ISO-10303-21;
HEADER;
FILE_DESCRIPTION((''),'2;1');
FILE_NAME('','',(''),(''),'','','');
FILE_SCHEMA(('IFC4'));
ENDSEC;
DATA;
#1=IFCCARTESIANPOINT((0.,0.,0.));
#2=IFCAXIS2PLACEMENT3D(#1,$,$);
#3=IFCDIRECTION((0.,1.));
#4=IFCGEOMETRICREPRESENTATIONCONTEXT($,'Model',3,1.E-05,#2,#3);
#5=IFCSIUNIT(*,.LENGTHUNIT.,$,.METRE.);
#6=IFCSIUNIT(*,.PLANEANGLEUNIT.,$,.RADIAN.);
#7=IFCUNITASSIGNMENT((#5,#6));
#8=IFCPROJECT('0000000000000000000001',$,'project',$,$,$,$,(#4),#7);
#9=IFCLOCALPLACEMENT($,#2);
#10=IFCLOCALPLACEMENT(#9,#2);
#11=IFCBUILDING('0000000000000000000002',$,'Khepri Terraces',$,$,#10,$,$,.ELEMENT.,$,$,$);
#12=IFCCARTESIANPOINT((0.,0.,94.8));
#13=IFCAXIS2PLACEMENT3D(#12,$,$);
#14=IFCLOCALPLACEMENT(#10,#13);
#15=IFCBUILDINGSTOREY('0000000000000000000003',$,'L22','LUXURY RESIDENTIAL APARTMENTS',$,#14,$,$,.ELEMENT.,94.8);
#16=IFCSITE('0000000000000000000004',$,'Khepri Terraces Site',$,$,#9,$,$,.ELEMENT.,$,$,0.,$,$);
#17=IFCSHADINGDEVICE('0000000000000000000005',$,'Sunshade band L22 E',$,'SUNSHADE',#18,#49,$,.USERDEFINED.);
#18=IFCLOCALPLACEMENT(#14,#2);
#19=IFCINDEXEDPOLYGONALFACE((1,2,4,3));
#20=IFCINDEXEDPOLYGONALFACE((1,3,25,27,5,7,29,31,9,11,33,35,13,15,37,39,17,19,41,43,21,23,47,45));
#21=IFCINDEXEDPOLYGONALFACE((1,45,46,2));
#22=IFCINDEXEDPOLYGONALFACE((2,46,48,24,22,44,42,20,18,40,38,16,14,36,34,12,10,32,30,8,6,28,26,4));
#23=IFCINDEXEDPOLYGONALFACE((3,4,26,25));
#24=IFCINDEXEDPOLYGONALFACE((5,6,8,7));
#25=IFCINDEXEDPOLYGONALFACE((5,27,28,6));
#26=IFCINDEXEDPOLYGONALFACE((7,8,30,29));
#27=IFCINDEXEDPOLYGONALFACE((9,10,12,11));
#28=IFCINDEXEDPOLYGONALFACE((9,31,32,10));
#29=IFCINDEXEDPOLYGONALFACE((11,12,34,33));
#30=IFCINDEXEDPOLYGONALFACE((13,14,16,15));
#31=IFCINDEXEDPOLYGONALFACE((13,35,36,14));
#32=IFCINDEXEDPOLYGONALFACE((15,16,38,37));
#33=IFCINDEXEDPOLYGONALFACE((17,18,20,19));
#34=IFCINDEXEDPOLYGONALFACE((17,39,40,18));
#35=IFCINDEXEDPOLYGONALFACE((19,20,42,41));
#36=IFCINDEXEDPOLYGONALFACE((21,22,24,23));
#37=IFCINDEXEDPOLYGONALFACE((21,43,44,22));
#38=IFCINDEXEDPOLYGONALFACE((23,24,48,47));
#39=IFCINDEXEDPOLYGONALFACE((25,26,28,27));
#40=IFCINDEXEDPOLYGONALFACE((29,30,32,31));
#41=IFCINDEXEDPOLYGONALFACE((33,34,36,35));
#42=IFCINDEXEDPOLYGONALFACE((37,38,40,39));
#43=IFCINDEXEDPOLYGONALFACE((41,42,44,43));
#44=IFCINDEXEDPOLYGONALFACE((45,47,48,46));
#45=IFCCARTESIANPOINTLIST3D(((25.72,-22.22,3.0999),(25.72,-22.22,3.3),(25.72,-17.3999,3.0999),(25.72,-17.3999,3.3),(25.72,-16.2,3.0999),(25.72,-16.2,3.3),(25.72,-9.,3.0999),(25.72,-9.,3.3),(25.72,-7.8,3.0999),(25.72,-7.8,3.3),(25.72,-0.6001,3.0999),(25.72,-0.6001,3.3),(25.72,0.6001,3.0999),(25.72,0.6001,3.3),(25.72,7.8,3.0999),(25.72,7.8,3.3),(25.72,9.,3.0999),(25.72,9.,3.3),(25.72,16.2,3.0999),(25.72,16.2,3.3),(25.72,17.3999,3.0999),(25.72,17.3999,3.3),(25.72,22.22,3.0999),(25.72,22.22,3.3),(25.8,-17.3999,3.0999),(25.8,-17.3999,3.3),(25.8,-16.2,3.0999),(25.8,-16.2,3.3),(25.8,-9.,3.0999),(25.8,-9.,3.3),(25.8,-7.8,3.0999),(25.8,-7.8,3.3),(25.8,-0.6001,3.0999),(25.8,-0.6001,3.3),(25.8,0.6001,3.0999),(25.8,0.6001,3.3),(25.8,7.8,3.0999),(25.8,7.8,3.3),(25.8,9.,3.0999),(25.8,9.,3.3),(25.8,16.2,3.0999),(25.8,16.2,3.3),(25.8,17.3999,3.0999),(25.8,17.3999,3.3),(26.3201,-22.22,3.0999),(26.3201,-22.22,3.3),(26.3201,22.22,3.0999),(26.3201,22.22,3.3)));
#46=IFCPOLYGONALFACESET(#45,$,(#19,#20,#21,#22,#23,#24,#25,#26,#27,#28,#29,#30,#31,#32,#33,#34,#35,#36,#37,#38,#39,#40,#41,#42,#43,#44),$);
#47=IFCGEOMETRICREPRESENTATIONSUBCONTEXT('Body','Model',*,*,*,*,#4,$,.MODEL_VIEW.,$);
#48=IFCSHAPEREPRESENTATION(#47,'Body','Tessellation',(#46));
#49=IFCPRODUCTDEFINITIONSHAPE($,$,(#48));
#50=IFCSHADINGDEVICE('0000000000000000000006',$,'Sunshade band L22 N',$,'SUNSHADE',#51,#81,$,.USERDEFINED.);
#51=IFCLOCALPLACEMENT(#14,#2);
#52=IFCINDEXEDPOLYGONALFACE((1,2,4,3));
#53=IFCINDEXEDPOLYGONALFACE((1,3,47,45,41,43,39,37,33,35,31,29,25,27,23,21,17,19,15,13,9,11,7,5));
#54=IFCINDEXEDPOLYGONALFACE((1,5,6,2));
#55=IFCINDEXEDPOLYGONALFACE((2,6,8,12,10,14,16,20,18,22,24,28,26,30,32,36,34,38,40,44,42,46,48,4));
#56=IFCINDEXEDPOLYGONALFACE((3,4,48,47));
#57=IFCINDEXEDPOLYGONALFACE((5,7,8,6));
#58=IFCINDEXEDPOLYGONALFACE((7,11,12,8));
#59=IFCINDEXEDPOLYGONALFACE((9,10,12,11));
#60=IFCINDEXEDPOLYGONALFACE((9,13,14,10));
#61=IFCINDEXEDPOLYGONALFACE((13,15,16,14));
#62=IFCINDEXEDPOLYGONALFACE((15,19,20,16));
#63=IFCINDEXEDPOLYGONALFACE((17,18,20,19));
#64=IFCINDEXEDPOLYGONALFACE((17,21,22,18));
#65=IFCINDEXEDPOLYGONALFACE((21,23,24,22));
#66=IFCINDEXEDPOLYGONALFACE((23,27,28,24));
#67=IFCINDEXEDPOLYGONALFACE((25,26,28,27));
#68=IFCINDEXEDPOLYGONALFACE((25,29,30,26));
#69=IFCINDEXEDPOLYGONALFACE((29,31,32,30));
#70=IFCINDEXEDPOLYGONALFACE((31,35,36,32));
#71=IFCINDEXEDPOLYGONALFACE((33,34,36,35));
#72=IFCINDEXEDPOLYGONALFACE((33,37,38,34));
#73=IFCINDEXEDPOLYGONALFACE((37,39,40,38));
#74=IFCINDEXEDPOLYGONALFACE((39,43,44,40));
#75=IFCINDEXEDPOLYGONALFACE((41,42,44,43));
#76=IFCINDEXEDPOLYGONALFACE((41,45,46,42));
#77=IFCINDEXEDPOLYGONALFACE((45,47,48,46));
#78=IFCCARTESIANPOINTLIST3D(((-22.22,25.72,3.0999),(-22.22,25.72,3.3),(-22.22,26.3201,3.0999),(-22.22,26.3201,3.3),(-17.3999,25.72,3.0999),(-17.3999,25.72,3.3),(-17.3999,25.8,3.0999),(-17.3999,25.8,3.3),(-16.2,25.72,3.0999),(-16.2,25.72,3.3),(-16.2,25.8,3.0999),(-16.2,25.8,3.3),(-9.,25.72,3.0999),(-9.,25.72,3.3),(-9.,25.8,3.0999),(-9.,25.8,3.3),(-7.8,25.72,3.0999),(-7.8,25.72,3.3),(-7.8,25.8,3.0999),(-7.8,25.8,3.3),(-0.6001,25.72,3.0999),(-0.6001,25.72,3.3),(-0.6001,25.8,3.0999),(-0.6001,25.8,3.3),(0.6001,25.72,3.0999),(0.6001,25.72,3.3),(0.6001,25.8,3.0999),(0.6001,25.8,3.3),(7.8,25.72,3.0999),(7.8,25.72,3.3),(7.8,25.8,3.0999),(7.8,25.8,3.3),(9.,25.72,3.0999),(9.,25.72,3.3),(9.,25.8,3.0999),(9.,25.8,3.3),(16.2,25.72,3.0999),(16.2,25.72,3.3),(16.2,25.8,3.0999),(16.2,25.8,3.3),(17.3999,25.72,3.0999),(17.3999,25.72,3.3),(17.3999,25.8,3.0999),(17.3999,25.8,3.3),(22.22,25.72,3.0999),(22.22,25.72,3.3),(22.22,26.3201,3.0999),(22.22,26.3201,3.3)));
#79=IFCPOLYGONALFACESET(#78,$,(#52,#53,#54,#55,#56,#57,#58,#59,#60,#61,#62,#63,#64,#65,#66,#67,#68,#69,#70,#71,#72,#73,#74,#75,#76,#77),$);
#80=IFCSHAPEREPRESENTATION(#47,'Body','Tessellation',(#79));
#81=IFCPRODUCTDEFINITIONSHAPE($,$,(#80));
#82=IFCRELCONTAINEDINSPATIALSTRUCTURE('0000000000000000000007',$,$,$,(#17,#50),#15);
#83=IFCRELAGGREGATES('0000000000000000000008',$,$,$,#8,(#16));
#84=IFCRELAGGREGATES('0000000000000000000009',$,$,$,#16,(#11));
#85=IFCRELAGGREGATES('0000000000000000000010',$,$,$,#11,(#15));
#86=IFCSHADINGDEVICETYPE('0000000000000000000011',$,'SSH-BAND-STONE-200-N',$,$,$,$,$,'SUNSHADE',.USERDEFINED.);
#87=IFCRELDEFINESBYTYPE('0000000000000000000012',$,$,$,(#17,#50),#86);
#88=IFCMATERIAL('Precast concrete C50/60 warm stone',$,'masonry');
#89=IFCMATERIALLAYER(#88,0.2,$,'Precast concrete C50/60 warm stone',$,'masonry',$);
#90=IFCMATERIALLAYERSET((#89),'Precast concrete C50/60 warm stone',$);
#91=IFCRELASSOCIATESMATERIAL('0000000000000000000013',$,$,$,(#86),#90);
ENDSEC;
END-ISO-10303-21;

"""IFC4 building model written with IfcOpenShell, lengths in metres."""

from ifc_helpers import new_model, si_unit, direction, frame, origin, place, context, subcontext, project, spatial, polyline, outline, extrude, material, layer, layer_set, type_object, element, save


model = new_model("IFC4")

# Units and contexts
model_context = context("Model", 3, precision=1e-05, world=origin(), true_north=direction((0.0, 1.0)))
body_context = subcontext(model_context, "Body", "Model", "MODEL_VIEW")
ifc_project = project(units=[si_unit("LENGTHUNIT", "METRE"), si_unit("PLANEANGLEUNIT", "RADIAN")], contexts=[model_context])

# Site, building, storey
site_placement = place(None, origin())
site = spatial("IfcSite", under=ifc_project, at=site_placement, Name="Khepri Terraces Site", CompositionType="ELEMENT", RefElevation=0.0)
building_placement = place(site_placement, origin())
building = spatial("IfcBuilding", under=site, at=building_placement, Name="Khepri Terraces", CompositionType="ELEMENT")
storey_placement = place(building_placement, frame((0.0, 0.0, 94.8)))
storey = spatial("IfcBuildingStorey", under=building, at=storey_placement, Name="L22", Description="LUXURY RESIDENTIAL APARTMENTS", CompositionType="ELEMENT", Elevation=94.8)

# Shared definitions
ifc_material_1 = material(Name="Precast concrete C50/60 warm stone", Category="masonry")

# Shading devices
ifc_layer_1 = layer(ifc_material_1, 0.2, Name="Precast concrete C50/60 warm stone", Category="masonry")
ifc_layer_set_1 = layer_set([ifc_layer_1], Name="Precast concrete C50/60 warm stone")
shading_device_type_1 = type_object("IfcShadingDeviceType", Name="SSH-BAND-STONE-200-N", ElementType="SUNSHADE", PredefinedType="USERDEFINED", material=ifc_layer_set_1)
shading_device_1_placement = place(storey_placement, frame((0.0, 0.0, 3.0999)))
element("IfcShadingDevice", 1, at=shading_device_1_placement, inside=storey, type_object=shading_device_type_1, Name="Sunshade band L22 E", ObjectType="SUNSHADE", PredefinedType="USERDEFINED", context=body_context, shape_type="SweptSolid", body=[
    extrude(outline(polyline([(25.72, -17.3999), (25.72, -22.22), (26.3201, -22.22), (26.3201, 22.22), (25.72, 22.22), (25.72, 17.3999), (25.8, 17.3999), (25.8, 16.2), (25.72, 16.2), (25.72, 9.0), (25.8, 9.0), (25.8, 7.8), (25.72, 7.8), (25.72, 0.6001), (25.8, 0.6001), (25.8, -0.6001), (25.72, -0.6001), (25.72, -7.8), (25.8, -7.8), (25.8, -9.0), (25.72, -9.0), (25.72, -16.2), (25.8, -16.2), (25.8, -17.3999), (25.72, -17.3999)])), origin(), (0.0, 0.0, 1.0), 0.2002),
])
shading_device_2_placement = place(storey_placement, frame((0.0, 0.0, 3.0999)))
element("IfcShadingDevice", 2, at=shading_device_2_placement, inside=storey, type_object=shading_device_type_1, Name="Sunshade band L22 N", ObjectType="SUNSHADE", PredefinedType="USERDEFINED", context=body_context, shape_type="SweptSolid", body=[
    extrude(outline(polyline([(17.3999, 25.72), (22.22, 25.72), (22.22, 26.3201), (-22.22, 26.3201), (-22.22, 25.72), (-17.3999, 25.72), (-17.3999, 25.8), (-16.2, 25.8), (-16.2, 25.72), (-9.0, 25.72), (-9.0, 25.8), (-7.8, 25.8), (-7.8, 25.72), (-0.6001, 25.72), (-0.6001, 25.8), (0.6001, 25.8), (0.6001, 25.72), (7.8, 25.72), (7.8, 25.8), (9.0, 25.8), (9.0, 25.72), (16.2, 25.72), (16.2, 25.8), (17.3999, 25.8), (17.3999, 25.72)])), origin(), (0.0, 0.0, 1.0), 0.2002),
])

save(model, "model.ifc")
